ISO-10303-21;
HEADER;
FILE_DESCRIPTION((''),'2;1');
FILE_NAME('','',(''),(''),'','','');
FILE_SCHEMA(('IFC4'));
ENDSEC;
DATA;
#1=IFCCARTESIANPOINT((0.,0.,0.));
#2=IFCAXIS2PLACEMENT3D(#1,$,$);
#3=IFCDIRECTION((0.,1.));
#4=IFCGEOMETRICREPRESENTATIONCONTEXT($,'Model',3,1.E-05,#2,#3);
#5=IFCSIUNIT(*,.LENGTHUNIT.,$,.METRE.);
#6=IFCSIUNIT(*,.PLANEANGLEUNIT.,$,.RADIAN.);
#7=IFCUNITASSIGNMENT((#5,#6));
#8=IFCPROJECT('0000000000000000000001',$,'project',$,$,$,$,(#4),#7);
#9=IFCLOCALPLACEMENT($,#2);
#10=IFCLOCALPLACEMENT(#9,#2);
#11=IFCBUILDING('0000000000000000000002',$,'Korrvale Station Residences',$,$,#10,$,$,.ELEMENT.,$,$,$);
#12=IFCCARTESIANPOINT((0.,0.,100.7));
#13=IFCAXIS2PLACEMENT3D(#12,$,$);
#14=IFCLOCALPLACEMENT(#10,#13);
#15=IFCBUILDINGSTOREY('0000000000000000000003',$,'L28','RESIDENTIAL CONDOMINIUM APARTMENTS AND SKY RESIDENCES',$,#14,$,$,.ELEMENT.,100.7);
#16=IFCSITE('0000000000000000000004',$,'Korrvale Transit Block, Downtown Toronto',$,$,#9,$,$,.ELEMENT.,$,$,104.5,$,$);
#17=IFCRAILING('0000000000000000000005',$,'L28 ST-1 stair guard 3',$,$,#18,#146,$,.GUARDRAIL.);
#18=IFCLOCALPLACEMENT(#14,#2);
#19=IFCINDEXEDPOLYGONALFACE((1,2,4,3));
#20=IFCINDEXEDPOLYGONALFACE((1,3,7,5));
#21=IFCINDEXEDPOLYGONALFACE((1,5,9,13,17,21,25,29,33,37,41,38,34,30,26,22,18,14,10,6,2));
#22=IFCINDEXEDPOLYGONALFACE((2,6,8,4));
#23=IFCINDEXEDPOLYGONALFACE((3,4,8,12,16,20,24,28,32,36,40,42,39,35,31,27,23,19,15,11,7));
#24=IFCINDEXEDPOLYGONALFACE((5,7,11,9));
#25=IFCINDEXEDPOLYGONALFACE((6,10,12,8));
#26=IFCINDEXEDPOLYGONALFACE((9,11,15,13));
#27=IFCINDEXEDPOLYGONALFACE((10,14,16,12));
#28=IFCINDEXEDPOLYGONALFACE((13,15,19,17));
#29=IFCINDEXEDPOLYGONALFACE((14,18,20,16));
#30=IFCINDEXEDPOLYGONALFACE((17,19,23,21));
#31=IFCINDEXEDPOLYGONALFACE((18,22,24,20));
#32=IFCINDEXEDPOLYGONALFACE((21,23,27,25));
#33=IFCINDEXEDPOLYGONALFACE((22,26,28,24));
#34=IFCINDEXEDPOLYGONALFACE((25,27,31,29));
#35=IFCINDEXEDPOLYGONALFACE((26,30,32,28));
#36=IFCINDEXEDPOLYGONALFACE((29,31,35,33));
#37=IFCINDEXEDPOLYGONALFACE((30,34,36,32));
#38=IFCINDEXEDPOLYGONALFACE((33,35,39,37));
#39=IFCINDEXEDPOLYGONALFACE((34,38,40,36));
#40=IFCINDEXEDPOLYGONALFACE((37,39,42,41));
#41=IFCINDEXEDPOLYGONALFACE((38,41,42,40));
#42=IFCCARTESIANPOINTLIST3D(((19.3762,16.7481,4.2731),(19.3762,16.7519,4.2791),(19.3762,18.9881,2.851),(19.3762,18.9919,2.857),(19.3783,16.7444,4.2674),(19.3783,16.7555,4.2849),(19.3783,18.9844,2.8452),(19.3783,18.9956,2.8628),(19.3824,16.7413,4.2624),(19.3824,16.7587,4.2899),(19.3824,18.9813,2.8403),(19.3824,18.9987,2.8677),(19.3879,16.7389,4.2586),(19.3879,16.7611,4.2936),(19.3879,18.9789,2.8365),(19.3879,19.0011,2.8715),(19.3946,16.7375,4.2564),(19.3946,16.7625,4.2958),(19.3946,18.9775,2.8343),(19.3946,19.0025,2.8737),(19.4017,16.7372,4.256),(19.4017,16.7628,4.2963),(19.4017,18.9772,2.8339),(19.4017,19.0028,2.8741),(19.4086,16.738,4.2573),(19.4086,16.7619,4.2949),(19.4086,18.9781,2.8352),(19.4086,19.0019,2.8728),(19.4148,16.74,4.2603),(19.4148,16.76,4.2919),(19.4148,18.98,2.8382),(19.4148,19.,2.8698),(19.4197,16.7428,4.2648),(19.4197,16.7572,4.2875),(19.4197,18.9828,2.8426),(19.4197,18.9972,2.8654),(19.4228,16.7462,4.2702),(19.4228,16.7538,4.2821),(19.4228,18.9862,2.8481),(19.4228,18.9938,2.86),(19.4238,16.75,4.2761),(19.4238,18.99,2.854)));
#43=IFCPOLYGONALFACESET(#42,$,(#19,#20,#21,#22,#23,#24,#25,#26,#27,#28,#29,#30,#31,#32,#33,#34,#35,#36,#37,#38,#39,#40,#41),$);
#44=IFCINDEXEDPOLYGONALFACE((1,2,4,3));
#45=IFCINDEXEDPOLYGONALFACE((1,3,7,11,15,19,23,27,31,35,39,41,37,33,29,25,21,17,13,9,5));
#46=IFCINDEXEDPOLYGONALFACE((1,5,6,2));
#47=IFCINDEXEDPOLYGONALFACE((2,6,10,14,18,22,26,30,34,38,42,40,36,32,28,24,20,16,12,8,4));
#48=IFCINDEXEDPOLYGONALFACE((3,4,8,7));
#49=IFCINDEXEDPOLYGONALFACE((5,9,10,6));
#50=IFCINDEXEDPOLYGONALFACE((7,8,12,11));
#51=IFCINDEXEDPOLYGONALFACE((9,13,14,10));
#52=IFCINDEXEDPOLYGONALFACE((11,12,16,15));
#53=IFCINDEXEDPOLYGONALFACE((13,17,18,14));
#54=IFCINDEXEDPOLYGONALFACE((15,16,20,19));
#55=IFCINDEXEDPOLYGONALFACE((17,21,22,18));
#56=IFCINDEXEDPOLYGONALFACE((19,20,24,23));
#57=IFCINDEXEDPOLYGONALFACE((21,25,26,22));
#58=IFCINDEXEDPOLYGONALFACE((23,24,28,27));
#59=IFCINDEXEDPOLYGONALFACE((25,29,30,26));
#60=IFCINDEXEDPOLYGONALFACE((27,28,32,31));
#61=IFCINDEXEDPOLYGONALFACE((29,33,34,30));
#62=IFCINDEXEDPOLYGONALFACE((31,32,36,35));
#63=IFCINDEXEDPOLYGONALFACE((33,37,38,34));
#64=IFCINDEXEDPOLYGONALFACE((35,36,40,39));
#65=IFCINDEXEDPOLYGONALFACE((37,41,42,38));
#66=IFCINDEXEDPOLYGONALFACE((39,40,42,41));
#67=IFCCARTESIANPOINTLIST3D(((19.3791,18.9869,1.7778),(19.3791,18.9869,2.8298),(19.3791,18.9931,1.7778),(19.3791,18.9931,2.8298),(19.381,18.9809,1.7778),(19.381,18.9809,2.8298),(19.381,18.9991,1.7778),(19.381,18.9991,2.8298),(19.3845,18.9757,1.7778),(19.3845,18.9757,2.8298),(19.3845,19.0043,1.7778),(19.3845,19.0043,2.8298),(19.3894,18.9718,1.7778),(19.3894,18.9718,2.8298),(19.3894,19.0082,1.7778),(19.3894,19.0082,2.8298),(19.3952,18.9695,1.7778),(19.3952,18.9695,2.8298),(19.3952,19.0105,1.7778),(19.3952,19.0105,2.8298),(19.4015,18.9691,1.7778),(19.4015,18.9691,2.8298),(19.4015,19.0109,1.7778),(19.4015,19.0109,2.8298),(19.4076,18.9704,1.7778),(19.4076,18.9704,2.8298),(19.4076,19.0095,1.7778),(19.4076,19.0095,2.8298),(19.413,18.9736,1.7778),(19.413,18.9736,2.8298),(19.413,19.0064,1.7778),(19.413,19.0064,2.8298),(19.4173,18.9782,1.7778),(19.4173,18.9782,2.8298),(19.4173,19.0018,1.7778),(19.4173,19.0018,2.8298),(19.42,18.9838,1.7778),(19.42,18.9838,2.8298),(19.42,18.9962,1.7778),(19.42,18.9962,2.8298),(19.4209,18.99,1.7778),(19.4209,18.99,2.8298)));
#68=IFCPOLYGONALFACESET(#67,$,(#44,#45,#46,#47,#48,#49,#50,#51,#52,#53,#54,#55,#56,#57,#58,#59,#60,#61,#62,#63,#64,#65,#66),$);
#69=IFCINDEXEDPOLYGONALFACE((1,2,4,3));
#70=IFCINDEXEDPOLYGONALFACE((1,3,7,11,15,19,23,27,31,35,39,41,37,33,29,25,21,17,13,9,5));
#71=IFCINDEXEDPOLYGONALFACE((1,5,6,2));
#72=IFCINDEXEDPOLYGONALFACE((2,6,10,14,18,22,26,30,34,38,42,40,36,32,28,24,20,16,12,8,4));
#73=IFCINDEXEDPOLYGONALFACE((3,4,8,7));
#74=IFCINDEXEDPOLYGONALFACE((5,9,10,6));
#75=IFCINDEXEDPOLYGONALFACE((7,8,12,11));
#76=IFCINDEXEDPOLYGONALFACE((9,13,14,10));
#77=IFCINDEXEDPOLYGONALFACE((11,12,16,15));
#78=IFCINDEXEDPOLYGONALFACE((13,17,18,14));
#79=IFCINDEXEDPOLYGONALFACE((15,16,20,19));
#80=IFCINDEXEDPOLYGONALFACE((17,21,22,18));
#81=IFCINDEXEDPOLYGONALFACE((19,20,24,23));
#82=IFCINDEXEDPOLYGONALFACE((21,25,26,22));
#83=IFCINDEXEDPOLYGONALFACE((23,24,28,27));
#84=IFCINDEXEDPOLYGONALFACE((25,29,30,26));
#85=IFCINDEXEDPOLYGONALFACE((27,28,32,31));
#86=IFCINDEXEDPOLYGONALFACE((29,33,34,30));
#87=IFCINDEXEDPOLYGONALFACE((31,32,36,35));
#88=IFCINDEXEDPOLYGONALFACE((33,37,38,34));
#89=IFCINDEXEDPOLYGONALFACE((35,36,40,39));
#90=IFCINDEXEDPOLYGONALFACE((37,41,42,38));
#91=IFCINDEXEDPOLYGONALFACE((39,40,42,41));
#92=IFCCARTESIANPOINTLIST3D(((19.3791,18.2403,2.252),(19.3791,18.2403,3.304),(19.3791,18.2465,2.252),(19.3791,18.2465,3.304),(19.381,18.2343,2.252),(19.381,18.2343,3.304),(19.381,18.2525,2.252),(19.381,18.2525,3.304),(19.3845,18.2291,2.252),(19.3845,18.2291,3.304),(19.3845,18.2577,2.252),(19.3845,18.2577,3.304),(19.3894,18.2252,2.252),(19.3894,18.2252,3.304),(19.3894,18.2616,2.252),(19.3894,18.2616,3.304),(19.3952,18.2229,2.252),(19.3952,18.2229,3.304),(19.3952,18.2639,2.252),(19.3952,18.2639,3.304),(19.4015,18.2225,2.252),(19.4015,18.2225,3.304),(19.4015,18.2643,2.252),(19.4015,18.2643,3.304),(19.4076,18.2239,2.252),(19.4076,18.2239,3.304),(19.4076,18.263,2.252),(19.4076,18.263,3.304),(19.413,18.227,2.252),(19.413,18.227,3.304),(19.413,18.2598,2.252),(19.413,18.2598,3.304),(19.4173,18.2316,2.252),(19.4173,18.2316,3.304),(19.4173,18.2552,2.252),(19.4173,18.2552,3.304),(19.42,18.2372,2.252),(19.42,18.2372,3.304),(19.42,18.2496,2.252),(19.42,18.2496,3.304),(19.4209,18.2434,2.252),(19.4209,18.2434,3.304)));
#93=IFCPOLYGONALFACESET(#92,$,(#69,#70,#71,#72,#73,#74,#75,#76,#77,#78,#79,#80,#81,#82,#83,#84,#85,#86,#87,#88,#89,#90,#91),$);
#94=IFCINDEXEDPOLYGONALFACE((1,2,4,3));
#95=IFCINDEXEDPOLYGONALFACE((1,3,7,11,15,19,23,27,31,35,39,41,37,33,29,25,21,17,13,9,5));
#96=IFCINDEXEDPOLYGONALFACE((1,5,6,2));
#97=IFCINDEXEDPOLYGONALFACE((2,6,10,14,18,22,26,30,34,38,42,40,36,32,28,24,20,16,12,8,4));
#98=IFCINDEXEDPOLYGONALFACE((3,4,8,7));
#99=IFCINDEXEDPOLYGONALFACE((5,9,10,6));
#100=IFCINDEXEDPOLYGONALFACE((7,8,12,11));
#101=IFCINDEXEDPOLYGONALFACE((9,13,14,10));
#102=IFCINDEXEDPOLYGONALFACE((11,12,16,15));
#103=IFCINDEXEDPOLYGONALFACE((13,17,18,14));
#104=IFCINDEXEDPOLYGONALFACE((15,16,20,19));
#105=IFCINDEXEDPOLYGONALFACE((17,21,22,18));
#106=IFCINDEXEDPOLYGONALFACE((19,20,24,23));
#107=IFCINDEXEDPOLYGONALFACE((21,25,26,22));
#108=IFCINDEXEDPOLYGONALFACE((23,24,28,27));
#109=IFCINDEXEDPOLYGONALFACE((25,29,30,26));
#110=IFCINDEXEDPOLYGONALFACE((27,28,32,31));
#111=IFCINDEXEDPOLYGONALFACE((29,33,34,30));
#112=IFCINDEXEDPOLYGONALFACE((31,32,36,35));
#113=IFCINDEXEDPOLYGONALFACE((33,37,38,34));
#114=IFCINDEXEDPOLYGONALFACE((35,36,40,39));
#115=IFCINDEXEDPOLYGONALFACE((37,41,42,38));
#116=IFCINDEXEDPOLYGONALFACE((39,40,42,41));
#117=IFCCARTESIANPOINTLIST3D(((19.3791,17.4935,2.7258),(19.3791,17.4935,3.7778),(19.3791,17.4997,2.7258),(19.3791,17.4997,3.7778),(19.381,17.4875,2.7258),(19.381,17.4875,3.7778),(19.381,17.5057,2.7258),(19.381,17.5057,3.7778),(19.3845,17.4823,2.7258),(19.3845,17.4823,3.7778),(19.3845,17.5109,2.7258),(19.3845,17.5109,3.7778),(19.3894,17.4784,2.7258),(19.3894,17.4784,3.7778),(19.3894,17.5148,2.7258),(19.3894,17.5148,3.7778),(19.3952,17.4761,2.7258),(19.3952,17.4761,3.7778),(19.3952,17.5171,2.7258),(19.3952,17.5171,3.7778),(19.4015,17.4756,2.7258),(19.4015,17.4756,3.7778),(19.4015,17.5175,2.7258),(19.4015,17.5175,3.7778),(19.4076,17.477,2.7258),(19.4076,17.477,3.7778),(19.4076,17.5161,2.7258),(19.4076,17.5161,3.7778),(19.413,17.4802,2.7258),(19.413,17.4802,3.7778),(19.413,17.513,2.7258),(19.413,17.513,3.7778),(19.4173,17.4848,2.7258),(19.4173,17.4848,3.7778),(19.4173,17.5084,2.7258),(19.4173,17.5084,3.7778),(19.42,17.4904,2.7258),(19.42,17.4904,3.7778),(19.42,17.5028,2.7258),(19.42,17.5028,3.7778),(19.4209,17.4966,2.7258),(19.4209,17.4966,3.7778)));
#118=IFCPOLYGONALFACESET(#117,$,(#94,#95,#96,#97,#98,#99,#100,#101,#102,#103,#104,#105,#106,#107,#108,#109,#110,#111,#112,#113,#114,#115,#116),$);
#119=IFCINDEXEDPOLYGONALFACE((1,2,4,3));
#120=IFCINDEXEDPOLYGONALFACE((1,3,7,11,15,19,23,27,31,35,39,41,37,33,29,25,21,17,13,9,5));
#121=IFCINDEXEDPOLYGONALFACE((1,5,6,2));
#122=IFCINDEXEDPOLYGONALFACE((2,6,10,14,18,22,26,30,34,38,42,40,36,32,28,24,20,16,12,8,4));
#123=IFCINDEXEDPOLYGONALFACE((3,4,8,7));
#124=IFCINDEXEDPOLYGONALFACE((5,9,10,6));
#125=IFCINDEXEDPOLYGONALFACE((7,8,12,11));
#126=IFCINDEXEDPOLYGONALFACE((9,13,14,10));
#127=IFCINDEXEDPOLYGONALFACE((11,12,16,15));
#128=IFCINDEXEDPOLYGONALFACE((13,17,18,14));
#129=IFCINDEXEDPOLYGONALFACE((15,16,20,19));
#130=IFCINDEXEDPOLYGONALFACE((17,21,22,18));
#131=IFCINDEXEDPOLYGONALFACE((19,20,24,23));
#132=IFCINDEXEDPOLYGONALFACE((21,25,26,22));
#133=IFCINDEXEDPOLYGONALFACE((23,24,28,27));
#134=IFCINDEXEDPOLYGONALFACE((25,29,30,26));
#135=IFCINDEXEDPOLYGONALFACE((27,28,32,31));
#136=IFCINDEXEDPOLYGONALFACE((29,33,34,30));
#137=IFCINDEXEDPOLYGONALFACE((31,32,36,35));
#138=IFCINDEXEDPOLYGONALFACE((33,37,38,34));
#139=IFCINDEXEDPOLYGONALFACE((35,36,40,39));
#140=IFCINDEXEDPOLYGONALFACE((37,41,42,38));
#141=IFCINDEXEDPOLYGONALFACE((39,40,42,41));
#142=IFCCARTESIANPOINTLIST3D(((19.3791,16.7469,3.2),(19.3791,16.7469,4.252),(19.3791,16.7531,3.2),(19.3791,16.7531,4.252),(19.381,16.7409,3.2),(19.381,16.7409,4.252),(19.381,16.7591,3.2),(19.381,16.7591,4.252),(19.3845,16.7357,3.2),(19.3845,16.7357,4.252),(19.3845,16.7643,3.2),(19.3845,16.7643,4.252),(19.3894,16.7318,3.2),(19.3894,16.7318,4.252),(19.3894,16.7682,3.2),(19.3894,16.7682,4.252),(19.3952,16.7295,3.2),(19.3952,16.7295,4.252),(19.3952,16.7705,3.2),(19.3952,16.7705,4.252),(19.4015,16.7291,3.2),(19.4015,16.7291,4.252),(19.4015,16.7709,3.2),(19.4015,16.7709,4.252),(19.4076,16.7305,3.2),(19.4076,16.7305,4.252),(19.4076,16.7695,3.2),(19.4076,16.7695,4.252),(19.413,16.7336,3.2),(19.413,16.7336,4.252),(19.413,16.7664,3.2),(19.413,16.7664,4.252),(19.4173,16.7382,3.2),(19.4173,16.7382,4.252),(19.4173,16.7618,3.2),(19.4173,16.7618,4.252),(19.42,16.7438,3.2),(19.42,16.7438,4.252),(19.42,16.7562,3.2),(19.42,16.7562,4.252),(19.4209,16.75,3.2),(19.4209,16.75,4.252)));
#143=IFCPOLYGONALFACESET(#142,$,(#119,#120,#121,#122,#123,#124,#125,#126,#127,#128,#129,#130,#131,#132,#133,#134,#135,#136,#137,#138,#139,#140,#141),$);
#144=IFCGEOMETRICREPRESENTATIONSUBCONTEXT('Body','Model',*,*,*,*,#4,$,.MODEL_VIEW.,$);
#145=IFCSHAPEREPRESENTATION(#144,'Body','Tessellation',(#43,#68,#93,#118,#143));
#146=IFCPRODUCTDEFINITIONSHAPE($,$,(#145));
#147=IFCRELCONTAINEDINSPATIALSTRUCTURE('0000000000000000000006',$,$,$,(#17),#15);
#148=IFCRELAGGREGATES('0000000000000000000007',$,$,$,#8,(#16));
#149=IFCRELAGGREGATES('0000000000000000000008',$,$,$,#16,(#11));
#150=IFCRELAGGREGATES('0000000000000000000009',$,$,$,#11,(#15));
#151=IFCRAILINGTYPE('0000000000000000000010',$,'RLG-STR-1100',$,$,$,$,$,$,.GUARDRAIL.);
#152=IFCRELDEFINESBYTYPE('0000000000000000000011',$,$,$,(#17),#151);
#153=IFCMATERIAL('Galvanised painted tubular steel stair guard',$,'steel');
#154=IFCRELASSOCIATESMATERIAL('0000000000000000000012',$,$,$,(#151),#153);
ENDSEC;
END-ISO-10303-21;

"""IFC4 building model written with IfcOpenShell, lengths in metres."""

from ifc_helpers import new_model, si_unit, direction, frame, origin, origin_2d, place, context, subcontext, project, spatial, circle, extrude, material, type_object, element, save


model = new_model("IFC4")

# Units and contexts
model_context = context("Model", 3, precision=1e-05, world=origin(), true_north=direction((0.0, 1.0)))
body_context = subcontext(model_context, "Body", "Model", "MODEL_VIEW")
ifc_project = project(units=[si_unit("LENGTHUNIT", "METRE"), si_unit("PLANEANGLEUNIT", "RADIAN")], contexts=[model_context])

# Site, building, storey
site_placement = place(None, origin())
site = spatial("IfcSite", under=ifc_project, at=site_placement, Name="Korrvale Transit Block, Downtown Toronto", CompositionType="ELEMENT", RefElevation=104.5)
building_placement = place(site_placement, origin())
building = spatial("IfcBuilding", under=site, at=building_placement, Name="Korrvale Station Residences", CompositionType="ELEMENT")
storey_placement = place(building_placement, frame((0.0, 0.0, 100.7)))
storey = spatial("IfcBuildingStorey", under=building, at=storey_placement, Name="L28", Description="RESIDENTIAL CONDOMINIUM APARTMENTS AND SKY RESIDENCES", CompositionType="ELEMENT", Elevation=100.7)

# Railing
ifc_material_1 = material(Name="Galvanised painted tubular steel stair guard", Category="steel")
railing_type = type_object("IfcRailingType", Name="RLG-STR-1100", PredefinedType="GUARDRAIL", material=ifc_material_1)
railing_1_placement = place(storey_placement, frame((19.3999, 18.99, 1.7778)))
element("IfcRailing", 1, at=railing_1_placement, inside=storey, type_object=railing_type, Name="L28 ST-1 stair guard 3", PredefinedType="GUARDRAIL", context=body_context, shape_type="SweptSolid", body=[
    extrude(circle(Radius=0.0239, at=origin_2d()), frame((0.0, 0.0, 1.0762), z_axis=(0.0, -0.844229, 0.535982), x_axis=(1.0, 0.0, 0.0)), (0.0, 0.0, 1.0), 2.6533),
    extrude(circle(Radius=0.021, at=origin_2d()), origin(), (0.0, 0.0, 1.0), 1.052),
    extrude(circle(Radius=0.021, at=origin_2d()), frame((0.0, -0.7466, 0.4741)), (0.0, 0.0, 1.0), 1.052),
    extrude(circle(Radius=0.021, at=origin_2d()), frame((0.0, -1.4934, 0.948)), (0.0, 0.0, 1.0), 1.052),
    extrude(circle(Radius=0.021, at=origin_2d()), frame((0.0, -2.24, 1.4221)), (0.0, 0.0, 1.0), 1.052),
])

save(model, "model.ifc")
